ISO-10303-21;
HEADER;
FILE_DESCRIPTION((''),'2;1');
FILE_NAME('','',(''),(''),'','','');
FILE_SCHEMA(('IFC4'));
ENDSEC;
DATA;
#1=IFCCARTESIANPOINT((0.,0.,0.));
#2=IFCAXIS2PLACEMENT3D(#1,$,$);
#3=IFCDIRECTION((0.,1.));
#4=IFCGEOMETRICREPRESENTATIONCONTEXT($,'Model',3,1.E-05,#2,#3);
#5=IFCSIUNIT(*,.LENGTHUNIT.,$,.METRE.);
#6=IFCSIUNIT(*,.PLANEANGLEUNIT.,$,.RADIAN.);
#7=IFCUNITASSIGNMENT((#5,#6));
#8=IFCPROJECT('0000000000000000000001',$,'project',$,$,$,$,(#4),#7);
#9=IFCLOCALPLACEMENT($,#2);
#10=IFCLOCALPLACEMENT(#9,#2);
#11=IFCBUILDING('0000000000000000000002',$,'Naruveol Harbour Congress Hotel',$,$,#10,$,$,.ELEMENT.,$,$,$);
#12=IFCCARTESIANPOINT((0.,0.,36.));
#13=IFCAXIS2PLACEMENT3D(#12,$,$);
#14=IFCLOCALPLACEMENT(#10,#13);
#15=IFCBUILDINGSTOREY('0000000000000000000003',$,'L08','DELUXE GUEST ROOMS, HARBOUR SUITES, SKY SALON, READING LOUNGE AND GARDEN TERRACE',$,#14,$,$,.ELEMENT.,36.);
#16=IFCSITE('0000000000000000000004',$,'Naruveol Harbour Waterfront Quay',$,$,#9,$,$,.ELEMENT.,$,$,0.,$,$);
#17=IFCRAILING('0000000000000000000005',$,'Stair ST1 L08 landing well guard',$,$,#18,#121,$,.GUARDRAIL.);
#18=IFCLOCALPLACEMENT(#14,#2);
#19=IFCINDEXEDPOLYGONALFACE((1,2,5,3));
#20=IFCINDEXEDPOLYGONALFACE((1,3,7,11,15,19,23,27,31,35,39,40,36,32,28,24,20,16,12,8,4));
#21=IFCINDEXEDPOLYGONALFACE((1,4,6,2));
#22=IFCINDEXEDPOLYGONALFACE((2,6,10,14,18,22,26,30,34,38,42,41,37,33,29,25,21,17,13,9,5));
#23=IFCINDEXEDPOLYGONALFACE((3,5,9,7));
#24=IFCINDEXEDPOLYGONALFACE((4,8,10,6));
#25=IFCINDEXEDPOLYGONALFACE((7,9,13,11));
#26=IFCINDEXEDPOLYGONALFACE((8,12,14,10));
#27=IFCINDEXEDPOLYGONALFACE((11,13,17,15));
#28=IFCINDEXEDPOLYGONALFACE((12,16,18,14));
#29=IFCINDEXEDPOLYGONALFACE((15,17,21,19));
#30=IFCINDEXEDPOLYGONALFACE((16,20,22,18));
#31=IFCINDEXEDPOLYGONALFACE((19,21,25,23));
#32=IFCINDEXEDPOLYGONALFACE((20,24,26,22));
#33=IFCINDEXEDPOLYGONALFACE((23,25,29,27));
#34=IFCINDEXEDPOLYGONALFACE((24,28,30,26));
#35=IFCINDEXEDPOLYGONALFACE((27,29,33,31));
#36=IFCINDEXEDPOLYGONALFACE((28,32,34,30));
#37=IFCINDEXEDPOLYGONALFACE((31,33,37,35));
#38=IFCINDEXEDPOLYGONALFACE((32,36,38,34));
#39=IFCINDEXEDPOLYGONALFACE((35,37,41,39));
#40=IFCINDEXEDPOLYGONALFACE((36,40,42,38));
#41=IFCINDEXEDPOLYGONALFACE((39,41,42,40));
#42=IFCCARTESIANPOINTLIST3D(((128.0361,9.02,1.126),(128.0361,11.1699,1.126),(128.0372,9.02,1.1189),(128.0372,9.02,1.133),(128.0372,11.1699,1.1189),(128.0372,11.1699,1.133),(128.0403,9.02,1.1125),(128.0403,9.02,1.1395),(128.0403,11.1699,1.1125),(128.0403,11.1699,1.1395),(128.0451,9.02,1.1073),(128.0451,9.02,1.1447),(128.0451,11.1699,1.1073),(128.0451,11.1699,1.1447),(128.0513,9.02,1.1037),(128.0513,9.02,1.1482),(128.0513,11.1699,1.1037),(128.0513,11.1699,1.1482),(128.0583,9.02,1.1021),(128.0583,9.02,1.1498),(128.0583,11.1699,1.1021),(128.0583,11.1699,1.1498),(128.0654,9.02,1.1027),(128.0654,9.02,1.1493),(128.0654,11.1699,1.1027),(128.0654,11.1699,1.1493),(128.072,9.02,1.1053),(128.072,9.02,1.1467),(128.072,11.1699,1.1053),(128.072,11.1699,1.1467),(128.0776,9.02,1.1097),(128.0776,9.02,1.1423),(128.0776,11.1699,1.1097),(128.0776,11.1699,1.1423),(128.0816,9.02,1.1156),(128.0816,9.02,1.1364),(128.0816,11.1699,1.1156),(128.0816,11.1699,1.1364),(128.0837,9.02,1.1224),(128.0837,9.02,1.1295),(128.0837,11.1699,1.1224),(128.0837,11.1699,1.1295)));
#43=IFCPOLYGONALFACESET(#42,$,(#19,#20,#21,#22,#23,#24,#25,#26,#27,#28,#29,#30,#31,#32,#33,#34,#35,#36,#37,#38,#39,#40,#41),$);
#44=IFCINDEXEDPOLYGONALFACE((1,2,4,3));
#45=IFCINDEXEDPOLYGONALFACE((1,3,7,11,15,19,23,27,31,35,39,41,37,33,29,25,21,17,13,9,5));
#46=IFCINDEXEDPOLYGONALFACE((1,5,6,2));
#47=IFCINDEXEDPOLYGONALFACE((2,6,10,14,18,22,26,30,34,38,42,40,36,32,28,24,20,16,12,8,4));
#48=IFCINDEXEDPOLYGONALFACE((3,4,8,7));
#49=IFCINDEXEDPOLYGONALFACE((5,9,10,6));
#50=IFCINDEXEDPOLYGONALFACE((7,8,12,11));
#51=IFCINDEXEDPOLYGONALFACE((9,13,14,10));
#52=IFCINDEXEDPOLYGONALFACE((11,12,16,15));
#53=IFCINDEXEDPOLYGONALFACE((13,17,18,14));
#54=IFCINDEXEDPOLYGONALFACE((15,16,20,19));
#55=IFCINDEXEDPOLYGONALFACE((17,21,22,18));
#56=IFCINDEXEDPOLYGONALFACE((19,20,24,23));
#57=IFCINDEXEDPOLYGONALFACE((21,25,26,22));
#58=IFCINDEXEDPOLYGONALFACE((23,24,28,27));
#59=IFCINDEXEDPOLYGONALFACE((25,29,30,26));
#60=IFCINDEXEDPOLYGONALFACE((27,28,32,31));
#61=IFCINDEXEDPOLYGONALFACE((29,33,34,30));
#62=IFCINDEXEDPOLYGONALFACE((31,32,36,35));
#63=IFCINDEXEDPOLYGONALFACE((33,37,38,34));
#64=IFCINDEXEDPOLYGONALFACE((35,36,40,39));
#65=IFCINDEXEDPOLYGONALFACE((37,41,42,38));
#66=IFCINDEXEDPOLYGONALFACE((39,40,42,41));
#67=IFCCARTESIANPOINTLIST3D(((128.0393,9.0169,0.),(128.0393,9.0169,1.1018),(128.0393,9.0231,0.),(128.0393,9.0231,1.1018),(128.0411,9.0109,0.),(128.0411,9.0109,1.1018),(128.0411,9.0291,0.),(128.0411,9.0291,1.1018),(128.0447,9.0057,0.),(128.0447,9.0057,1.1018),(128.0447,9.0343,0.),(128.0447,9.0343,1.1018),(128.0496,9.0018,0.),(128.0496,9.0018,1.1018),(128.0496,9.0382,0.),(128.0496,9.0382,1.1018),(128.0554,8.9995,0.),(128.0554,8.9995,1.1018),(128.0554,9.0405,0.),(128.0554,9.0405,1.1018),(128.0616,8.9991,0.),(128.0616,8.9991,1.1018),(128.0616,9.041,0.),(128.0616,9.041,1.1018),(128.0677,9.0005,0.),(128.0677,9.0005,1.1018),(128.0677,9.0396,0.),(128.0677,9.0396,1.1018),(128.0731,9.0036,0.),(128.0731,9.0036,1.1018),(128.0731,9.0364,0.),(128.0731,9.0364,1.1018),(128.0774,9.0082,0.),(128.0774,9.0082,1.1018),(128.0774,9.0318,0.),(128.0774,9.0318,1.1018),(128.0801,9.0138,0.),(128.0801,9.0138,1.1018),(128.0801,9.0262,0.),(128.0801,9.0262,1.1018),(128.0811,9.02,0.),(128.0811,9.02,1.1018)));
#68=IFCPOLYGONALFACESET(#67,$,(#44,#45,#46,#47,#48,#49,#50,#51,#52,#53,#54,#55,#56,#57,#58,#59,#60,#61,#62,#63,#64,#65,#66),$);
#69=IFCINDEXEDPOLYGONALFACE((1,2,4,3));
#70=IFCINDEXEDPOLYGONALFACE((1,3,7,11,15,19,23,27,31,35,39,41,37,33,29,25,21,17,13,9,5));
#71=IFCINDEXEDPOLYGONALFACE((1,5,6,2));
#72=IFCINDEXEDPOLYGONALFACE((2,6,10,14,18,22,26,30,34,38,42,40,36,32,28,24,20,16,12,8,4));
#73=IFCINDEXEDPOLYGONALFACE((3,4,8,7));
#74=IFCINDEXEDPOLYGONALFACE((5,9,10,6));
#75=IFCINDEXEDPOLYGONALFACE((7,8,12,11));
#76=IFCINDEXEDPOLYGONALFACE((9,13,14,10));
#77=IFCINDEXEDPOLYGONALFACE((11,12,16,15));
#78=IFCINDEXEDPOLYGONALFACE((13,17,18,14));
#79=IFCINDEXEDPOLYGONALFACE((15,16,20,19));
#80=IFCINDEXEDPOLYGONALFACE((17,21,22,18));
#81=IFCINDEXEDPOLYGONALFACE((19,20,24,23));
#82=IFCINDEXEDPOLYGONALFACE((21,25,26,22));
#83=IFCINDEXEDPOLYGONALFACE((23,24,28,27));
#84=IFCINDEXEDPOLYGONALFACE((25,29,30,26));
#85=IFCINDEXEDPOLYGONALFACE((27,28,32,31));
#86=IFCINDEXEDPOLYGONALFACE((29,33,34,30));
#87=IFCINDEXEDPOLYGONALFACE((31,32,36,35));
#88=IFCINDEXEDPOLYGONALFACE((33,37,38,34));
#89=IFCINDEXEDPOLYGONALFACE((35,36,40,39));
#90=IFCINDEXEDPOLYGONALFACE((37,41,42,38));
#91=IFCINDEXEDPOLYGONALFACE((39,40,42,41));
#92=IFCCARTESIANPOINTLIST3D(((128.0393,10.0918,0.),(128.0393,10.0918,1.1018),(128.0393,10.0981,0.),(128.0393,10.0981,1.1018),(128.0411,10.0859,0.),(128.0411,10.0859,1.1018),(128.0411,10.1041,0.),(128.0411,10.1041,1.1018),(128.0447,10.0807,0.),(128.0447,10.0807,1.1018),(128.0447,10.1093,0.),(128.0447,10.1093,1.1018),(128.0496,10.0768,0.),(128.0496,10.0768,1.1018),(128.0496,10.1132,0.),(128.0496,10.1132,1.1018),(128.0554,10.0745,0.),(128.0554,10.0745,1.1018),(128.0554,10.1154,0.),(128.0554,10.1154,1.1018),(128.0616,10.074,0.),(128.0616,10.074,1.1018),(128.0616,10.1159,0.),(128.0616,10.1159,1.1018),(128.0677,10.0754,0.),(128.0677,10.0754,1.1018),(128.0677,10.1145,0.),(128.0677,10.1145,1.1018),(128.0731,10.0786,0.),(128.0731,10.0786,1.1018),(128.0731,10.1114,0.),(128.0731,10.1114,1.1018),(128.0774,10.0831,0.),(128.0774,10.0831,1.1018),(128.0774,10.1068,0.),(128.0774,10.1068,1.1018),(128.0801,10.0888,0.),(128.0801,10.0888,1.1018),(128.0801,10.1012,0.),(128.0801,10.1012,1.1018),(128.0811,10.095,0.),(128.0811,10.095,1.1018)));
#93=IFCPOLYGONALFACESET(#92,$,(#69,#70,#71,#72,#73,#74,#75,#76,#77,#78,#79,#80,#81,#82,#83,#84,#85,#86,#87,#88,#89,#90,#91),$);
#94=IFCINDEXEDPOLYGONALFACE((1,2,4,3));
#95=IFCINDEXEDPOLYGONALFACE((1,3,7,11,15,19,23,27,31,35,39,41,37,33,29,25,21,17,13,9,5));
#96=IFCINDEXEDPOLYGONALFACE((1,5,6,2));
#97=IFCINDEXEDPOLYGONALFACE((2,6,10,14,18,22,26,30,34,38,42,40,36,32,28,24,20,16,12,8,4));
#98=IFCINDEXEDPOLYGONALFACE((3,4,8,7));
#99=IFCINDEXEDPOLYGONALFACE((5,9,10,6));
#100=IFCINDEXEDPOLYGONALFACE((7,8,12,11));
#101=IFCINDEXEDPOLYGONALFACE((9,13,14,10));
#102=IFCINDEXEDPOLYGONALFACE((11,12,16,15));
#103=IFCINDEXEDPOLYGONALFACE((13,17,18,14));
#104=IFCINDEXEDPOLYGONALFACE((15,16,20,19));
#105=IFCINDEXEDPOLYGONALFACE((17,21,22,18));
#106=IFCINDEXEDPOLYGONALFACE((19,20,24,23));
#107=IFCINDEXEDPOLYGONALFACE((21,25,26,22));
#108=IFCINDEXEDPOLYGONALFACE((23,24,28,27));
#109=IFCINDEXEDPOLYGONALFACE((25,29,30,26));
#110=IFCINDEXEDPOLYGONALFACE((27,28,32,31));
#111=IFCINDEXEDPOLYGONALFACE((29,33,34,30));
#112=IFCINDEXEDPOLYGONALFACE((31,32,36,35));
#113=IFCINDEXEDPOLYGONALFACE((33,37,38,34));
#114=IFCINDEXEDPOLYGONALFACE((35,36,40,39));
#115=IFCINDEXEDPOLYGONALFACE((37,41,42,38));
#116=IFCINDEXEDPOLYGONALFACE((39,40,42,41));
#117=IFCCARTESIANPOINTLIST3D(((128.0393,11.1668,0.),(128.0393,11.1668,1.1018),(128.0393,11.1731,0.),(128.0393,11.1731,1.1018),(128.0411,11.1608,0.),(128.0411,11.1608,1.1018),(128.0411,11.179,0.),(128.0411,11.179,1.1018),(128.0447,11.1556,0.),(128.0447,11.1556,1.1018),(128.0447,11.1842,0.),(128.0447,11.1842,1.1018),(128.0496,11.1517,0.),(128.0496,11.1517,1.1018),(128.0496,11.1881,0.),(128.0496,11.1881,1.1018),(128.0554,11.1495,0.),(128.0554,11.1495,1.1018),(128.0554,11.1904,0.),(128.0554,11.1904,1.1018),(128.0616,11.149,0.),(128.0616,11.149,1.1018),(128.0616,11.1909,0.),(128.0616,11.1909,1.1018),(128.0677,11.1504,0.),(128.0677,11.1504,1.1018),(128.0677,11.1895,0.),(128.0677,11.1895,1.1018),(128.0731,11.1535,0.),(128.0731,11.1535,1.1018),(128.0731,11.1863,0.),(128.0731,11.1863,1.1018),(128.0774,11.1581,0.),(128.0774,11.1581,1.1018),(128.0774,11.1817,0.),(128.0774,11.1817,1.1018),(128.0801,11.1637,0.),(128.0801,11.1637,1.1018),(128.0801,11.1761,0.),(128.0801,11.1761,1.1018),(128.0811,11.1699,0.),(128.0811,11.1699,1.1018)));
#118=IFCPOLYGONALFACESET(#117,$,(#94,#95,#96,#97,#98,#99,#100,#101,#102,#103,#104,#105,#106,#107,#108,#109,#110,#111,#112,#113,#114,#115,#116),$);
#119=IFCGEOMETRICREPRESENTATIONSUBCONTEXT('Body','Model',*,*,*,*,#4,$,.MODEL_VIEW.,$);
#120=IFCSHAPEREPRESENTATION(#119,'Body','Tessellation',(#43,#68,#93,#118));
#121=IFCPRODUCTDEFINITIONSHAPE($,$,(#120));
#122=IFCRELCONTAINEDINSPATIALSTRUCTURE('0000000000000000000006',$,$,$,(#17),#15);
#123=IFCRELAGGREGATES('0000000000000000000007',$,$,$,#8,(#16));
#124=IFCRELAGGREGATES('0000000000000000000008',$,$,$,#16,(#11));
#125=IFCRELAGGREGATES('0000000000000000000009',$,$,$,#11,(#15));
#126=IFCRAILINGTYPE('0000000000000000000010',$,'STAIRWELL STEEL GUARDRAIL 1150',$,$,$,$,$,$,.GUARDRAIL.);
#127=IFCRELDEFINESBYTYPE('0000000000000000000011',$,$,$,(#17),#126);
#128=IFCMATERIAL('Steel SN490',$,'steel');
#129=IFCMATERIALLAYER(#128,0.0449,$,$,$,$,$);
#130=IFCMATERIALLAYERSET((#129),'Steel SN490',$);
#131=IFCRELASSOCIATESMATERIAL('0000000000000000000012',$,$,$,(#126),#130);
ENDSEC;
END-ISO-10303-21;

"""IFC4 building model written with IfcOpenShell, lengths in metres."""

from ifc_helpers import new_model, si_unit, direction, frame, origin, origin_2d, place, context, subcontext, project, spatial, circle, extrude, material, layer, layer_set, type_object, element, save


model = new_model("IFC4")

# Units and contexts
model_context = context("Model", 3, precision=1e-05, world=origin(), true_north=direction((0.0, 1.0)))
body_context = subcontext(model_context, "Body", "Model", "MODEL_VIEW")
ifc_project = project(units=[si_unit("LENGTHUNIT", "METRE"), si_unit("PLANEANGLEUNIT", "RADIAN")], contexts=[model_context])

# Site, building, storey
site_placement = place(None, origin())
site = spatial("IfcSite", under=ifc_project, at=site_placement, Name="Naruveol Harbour Waterfront Quay", CompositionType="ELEMENT", RefElevation=0.0)
building_placement = place(site_placement, origin())
building = spatial("IfcBuilding", under=site, at=building_placement, Name="Naruveol Harbour Congress Hotel", CompositionType="ELEMENT")
storey_placement = place(building_placement, frame((0.0, 0.0, 36.0)))
storey = spatial("IfcBuildingStorey", under=building, at=storey_placement, Name="L08", Description="DELUXE GUEST ROOMS, HARBOUR SUITES, SKY SALON, READING LOUNGE AND GARDEN TERRACE", CompositionType="ELEMENT", Elevation=36.0)

# Railing
ifc_material_1 = material(Name="Steel SN490", Category="steel")
ifc_layer_1 = layer(ifc_material_1, 0.0449)
ifc_layer_set_1 = layer_set([ifc_layer_1], Name="Steel SN490")
railing_type_1 = type_object("IfcRailingType", Name="STAIRWELL STEEL GUARDRAIL 1150", PredefinedType="GUARDRAIL", material=ifc_layer_set_1)
railing_1_placement = place(storey_placement, frame((128.0601, 9.02, 0.0)))
element("IfcRailing", 1, at=railing_1_placement, inside=storey, type_object=railing_type_1, Name="Stair ST1 L08 landing well guard", PredefinedType="GUARDRAIL", context=body_context, shape_type="SweptSolid", body=[
    extrude(circle(Radius=0.0239, at=origin_2d()), frame((0.0, 0.0, 1.126), z_axis=(0.0, 1.0, 0.0), x_axis=(-1.0, 0.0, 0.0)), (0.0, 0.0, 1.0), 2.1499),
    extrude(circle(Radius=0.021, at=origin_2d()), origin(), (0.0, 0.0, 1.0), 1.1018),
    extrude(circle(Radius=0.021, at=origin_2d()), frame((0.0, 1.075, 0.0)), (0.0, 0.0, 1.0), 1.1018),
    extrude(circle(Radius=0.021, at=origin_2d()), frame((0.0, 2.1499, 0.0)), (0.0, 0.0, 1.0), 1.1018),
])

save(model, "model.ifc")
